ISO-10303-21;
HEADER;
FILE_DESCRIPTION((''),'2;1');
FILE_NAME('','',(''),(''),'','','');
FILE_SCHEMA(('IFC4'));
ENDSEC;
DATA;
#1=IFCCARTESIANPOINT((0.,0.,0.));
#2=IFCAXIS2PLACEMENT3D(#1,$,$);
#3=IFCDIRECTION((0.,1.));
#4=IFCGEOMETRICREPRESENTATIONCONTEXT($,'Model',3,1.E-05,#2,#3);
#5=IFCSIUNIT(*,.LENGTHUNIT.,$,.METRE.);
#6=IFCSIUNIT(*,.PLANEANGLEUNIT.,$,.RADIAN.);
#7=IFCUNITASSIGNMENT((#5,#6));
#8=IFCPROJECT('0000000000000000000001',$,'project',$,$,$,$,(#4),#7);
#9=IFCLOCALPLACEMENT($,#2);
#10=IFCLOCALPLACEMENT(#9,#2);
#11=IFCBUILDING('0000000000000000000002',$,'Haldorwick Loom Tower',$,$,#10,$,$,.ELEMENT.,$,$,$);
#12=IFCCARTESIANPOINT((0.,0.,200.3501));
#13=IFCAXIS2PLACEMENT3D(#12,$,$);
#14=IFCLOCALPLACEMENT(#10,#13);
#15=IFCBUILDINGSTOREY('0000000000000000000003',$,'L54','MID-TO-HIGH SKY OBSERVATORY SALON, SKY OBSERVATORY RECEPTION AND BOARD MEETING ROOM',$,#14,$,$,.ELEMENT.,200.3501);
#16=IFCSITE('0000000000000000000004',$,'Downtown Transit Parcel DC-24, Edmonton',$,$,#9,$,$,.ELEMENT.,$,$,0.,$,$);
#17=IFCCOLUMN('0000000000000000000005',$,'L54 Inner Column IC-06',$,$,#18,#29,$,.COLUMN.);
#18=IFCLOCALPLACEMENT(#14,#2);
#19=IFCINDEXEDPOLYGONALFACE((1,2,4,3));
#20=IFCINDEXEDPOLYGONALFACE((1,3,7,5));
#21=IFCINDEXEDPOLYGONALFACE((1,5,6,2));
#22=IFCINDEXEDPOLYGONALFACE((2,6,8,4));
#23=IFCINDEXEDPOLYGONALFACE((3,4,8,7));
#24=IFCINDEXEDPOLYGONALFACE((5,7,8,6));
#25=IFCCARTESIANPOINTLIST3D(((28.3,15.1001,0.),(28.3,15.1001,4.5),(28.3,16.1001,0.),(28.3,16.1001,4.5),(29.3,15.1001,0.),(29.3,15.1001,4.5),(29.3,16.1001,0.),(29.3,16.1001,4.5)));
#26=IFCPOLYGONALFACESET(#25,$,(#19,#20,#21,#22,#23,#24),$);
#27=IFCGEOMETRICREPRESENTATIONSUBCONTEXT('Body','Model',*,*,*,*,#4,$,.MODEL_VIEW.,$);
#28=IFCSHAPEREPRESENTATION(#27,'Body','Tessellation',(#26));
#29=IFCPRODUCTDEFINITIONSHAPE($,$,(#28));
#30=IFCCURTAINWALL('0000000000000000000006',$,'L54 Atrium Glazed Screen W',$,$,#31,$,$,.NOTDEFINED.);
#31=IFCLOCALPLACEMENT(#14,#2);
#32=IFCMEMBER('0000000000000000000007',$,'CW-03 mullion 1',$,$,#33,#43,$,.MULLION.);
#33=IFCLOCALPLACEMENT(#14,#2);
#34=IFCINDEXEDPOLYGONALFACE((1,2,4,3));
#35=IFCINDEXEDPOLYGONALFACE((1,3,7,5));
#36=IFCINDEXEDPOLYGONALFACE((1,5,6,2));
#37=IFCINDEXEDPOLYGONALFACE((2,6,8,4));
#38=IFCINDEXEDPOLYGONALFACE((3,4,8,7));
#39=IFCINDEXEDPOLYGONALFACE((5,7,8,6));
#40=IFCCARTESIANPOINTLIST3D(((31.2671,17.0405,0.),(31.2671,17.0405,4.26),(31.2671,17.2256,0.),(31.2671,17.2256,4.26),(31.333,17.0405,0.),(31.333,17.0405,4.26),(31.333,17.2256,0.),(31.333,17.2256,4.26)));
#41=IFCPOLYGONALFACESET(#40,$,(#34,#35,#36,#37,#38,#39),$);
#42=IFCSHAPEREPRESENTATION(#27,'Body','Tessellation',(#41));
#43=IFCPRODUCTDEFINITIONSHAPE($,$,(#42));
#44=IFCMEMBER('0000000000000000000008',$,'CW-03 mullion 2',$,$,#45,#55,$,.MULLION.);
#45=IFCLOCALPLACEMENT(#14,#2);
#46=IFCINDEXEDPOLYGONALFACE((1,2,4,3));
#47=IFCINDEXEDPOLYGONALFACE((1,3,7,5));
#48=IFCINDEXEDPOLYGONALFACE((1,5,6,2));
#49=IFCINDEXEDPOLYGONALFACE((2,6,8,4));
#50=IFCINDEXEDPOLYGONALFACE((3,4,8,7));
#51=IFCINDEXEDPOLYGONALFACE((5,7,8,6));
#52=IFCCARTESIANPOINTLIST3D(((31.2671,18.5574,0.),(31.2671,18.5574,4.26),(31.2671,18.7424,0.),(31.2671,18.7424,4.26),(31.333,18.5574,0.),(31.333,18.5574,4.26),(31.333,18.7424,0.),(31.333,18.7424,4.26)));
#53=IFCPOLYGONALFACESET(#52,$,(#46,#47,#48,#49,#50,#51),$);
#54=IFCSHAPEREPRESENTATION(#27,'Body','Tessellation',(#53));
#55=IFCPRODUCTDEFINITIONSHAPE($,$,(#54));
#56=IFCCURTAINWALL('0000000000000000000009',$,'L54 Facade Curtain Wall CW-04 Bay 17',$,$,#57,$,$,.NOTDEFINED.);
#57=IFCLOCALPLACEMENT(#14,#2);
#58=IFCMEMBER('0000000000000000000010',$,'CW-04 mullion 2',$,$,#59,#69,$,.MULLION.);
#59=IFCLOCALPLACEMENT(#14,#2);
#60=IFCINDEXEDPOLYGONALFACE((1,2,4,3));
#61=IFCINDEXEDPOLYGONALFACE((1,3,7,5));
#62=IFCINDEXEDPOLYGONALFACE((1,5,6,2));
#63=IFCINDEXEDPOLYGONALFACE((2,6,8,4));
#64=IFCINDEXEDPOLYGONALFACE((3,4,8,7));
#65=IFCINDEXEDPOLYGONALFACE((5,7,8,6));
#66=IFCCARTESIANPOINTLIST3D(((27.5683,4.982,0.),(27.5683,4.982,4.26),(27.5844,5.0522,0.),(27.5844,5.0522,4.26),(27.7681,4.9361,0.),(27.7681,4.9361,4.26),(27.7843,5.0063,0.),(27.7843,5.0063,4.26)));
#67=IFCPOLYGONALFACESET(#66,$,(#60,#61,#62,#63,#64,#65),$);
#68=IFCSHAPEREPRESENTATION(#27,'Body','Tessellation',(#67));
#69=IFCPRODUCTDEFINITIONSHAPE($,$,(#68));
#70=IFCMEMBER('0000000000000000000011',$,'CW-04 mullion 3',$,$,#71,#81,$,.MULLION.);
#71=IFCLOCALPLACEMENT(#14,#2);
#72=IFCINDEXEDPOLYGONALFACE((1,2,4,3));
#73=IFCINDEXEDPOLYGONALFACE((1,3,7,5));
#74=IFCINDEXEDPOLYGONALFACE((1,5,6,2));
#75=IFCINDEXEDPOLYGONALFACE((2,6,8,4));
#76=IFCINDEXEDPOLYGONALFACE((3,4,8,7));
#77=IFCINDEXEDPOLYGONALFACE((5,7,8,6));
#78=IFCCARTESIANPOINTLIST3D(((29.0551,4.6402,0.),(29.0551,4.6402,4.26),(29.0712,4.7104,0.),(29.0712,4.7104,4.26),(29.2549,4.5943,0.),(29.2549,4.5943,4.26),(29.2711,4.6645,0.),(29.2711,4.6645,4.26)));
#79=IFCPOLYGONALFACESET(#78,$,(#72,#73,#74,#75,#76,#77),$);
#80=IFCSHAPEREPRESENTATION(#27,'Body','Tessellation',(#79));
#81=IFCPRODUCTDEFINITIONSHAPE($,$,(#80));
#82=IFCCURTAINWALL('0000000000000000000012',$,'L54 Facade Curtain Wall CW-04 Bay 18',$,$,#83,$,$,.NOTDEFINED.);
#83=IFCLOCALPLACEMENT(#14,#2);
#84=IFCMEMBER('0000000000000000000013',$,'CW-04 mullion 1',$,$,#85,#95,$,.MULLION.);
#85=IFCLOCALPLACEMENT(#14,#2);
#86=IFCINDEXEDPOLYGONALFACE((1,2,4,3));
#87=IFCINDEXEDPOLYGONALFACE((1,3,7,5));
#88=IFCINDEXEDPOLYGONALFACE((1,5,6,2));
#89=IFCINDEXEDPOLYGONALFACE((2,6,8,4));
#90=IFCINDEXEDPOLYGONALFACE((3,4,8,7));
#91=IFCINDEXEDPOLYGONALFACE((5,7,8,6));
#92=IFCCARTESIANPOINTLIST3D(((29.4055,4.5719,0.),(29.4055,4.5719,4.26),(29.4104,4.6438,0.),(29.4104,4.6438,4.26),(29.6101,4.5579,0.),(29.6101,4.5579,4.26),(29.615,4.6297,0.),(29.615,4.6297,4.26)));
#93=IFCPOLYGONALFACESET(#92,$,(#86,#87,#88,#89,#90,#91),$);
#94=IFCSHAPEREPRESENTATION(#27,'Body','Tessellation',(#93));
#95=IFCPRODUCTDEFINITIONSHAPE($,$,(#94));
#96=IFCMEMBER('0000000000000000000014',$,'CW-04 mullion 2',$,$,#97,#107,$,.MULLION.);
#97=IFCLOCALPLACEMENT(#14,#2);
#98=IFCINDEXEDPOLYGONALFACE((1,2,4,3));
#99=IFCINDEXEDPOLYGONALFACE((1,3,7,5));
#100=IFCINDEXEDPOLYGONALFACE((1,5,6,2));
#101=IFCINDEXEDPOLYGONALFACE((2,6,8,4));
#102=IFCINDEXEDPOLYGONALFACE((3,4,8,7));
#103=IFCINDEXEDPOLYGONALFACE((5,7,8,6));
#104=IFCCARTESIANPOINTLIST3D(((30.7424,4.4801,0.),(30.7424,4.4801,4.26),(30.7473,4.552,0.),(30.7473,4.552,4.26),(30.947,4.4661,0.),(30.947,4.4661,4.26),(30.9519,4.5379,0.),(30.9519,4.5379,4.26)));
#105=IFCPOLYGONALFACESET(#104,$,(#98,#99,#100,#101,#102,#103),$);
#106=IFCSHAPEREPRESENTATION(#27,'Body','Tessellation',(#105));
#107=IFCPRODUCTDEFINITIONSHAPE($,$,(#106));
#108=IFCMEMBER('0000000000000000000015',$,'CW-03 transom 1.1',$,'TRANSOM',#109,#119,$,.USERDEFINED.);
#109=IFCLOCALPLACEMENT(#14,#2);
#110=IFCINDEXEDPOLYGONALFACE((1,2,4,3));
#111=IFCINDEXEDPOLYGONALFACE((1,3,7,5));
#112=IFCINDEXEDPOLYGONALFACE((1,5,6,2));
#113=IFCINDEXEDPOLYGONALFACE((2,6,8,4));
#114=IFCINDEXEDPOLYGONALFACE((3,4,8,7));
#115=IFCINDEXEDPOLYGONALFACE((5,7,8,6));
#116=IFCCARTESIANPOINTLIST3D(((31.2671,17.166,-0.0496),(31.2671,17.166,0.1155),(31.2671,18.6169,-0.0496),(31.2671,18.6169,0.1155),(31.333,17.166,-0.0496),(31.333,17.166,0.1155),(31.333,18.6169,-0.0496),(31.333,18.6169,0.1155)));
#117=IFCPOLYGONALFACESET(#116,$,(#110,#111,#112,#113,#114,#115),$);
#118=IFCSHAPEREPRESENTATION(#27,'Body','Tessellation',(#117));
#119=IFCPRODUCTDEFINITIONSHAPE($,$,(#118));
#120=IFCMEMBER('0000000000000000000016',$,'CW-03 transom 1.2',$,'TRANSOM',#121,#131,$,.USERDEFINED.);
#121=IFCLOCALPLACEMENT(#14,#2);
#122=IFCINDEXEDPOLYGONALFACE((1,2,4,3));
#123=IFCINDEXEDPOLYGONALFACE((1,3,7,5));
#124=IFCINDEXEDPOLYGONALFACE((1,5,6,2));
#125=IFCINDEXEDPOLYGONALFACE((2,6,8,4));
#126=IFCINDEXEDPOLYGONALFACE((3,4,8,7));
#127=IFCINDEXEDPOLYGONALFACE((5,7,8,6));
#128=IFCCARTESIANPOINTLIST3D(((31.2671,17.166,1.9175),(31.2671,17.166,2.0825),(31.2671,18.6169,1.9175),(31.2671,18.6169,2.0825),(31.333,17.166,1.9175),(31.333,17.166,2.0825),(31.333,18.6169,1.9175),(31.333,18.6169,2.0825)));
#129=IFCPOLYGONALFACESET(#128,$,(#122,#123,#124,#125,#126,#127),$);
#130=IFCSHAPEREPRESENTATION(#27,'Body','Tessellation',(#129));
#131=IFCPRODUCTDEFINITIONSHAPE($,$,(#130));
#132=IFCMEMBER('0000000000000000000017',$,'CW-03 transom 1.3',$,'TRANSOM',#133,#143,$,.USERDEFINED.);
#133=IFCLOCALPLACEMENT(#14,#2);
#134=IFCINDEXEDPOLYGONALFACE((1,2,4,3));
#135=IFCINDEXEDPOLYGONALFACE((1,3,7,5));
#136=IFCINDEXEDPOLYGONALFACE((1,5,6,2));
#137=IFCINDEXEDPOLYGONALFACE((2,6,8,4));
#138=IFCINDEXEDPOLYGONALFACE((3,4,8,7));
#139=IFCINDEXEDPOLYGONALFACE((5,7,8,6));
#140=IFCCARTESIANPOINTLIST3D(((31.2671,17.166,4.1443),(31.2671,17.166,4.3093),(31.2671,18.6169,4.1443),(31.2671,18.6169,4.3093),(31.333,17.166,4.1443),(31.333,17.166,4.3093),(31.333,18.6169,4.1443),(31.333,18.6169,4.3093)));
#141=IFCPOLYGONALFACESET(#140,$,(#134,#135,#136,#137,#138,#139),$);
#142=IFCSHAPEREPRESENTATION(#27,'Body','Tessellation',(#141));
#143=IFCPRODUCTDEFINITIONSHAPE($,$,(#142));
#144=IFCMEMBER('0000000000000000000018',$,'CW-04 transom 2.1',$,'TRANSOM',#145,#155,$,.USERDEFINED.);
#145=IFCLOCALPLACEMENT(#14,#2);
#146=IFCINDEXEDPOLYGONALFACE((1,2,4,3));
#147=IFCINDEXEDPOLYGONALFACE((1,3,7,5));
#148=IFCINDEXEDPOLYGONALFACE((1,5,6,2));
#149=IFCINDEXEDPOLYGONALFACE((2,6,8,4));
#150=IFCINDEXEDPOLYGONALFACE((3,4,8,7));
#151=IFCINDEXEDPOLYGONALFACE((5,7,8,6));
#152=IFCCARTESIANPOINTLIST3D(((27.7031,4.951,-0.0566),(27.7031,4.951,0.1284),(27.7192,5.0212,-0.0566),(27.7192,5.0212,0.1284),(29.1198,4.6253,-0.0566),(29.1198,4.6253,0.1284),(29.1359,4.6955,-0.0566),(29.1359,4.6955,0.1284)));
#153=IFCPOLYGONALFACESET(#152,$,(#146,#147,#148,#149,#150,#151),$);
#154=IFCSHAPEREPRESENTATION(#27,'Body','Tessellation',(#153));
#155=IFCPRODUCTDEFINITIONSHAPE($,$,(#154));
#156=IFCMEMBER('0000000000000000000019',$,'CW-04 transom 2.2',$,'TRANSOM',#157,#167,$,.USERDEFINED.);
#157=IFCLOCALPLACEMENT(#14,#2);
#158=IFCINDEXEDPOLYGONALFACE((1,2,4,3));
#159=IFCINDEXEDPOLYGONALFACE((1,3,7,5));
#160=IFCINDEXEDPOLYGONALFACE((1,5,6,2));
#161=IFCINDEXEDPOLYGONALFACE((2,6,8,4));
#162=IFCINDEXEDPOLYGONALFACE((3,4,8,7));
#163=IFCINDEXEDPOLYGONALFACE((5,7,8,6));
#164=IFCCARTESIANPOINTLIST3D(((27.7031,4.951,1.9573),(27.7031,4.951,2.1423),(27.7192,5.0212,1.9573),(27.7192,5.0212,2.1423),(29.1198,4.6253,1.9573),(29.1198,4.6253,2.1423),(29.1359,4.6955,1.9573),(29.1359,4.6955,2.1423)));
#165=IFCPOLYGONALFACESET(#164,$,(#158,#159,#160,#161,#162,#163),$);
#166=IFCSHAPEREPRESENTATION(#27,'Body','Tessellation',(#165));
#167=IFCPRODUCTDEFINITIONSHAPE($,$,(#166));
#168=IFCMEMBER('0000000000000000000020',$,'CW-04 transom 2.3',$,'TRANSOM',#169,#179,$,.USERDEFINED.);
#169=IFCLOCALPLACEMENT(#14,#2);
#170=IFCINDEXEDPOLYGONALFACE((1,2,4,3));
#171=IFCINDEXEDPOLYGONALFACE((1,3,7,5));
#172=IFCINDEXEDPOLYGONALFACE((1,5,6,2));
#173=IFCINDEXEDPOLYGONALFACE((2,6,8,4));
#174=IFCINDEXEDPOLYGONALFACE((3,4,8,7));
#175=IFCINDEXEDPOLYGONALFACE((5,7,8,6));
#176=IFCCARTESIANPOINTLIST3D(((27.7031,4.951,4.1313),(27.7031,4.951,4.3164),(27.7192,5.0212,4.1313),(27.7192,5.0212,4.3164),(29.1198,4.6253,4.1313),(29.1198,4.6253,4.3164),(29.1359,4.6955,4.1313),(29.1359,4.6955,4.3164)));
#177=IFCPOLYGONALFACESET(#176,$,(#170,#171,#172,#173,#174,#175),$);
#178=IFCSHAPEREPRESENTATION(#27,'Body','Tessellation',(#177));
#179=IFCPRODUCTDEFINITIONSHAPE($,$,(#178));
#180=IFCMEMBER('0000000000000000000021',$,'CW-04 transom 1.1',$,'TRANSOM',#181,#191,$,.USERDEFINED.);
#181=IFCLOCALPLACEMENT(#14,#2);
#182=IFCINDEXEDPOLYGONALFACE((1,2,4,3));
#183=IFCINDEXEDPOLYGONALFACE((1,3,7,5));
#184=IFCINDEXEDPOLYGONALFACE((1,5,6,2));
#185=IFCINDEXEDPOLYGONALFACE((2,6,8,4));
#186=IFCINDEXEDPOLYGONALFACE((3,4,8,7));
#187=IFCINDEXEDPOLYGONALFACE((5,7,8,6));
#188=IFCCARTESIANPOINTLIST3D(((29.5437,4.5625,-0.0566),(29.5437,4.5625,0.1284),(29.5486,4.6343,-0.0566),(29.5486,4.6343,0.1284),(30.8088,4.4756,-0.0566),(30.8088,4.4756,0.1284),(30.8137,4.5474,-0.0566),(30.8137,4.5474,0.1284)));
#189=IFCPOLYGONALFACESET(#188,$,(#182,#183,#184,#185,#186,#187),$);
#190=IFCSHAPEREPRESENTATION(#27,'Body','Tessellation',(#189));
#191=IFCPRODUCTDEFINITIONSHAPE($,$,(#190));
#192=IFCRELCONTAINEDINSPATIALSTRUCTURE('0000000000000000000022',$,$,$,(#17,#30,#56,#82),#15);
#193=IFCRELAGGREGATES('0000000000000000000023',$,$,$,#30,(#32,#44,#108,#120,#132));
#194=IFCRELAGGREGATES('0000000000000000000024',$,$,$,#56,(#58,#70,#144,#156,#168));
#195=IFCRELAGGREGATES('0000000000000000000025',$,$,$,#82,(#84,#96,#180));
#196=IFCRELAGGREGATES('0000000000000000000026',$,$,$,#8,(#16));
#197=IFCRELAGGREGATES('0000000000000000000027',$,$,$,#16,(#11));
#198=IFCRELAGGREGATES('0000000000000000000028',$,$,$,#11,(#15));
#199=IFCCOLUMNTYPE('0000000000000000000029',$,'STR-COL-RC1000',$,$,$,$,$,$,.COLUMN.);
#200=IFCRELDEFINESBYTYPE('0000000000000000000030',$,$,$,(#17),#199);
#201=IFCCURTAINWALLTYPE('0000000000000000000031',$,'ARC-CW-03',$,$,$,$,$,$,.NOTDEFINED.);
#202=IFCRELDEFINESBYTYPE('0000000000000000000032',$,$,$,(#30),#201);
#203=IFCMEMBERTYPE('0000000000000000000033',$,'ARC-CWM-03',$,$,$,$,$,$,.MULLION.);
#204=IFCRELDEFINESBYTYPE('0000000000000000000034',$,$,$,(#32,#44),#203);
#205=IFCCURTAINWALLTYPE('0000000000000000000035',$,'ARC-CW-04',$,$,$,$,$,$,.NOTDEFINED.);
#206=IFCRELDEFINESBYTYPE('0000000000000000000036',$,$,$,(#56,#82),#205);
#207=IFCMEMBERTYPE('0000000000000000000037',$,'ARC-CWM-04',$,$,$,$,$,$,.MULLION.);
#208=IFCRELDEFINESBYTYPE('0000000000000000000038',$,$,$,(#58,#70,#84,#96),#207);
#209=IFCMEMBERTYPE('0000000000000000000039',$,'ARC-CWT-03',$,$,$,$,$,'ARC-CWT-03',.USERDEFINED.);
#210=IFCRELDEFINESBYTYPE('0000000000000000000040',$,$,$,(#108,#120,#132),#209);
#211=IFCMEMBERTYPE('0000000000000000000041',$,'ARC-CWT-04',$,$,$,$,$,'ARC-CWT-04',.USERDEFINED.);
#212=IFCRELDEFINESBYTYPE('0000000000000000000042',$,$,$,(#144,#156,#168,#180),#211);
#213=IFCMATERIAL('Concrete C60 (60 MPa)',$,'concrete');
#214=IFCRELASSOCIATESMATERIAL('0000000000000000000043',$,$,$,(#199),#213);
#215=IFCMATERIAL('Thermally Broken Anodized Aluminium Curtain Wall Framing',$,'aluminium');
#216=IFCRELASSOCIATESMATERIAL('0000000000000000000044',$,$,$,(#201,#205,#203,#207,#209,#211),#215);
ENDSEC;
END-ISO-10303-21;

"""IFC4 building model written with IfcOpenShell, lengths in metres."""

from ifc_helpers import new_model, si_unit, direction, frame, origin, origin_2d, place, context, subcontext, project, spatial, rectangle, extrude, material, material_profile, profile_set, type_object, element, aggregate, save


model = new_model("IFC4")

# Units and contexts
model_context = context("Model", 3, precision=1e-05, world=origin(), true_north=direction((0.0, 1.0)))
body_context = subcontext(model_context, "Body", "Model", "MODEL_VIEW")
ifc_project = project(units=[si_unit("LENGTHUNIT", "METRE"), si_unit("PLANEANGLEUNIT", "RADIAN")], contexts=[model_context])

# Site, building, storey
site_placement = place(None, origin())
site = spatial("IfcSite", under=ifc_project, at=site_placement, Name="Downtown Transit Parcel DC-24, Edmonton", CompositionType="ELEMENT", RefElevation=0.0)
building_placement = place(site_placement, origin())
building = spatial("IfcBuilding", under=site, at=building_placement, Name="Haldorwick Loom Tower", CompositionType="ELEMENT")
storey_placement = place(building_placement, frame((0.0, 0.0, 200.3501)))
storey = spatial("IfcBuildingStorey", under=building, at=storey_placement, Name="L54", Description="MID-TO-HIGH SKY OBSERVATORY SALON, SKY OBSERVATORY RECEPTION AND BOARD MEETING ROOM", CompositionType="ELEMENT", Elevation=200.3501)

# Column
ifc_material_1 = material(Name="Concrete C60 (60 MPa)", Category="concrete")
ifc_material_profile_1 = material_profile(ifc_material_1, rectangle(XDim=1.0, YDim=1.0, at=origin_2d()), Name="RC1000X1000", Category="concrete")
ifc_profile_set_1 = profile_set([ifc_material_profile_1], Name="Concrete C60 (60 MPa)")
column_type = type_object("IfcColumnType", Name="STR-COL-RC1000", PredefinedType="COLUMN", material=ifc_profile_set_1)
column_placement = place(storey_placement, frame((28.8, 15.6001, 0.0), z_axis=(0.0, 0.0, 1.0), x_axis=(1.0, 0.0, 0.0)))
element("IfcColumn", 1, at=column_placement, inside=storey, type_object=column_type, Name="L54 Inner Column IC-06", PredefinedType="COLUMN", context=body_context, shape_type="SweptSolid", body=[
    extrude(rectangle(XDim=1.0, YDim=1.0, at=origin_2d()), origin(), (0.0, 0.0, 1.0), 4.5),
])

# Curtain walls, members
ifc_material_2 = material(Name="Thermally Broken Anodized Aluminium Curtain Wall Framing", Category="aluminium")
curtain_wall_type_1 = type_object("IfcCurtainWallType", Name="ARC-CW-03", PredefinedType="NOTDEFINED", material=ifc_material_2)
curtain_wall_1_placement = place(storey_placement, origin())
curtain_wall_1 = element("IfcCurtainWall", 2, at=curtain_wall_1_placement, inside=storey, type_object=curtain_wall_type_1, Name="L54 Atrium Glazed Screen W", PredefinedType="NOTDEFINED")
ifc_material_profile_2 = material_profile(ifc_material_2, rectangle(XDim=0.0659, YDim=0.1851, at=origin_2d()), Name="ALU_MUL_66X185", Category="aluminium")
ifc_profile_set_2 = profile_set([ifc_material_profile_2], Name="Thermally Broken Anodized Aluminium Curtain Wall Framing")
member_type_1 = type_object("IfcMemberType", Name="ARC-CWM-03", PredefinedType="MULLION", material=ifc_profile_set_2)
member_1_placement = place(storey_placement, frame((31.3, 17.1331, 0.0), z_axis=(0.0, 0.0, 1.0), x_axis=(-1.0, 0.0, 0.0)))
member_1 = element("IfcMember", 3, at=member_1_placement, type_object=member_type_1, Name="CW-03 mullion 1", PredefinedType="MULLION", context=body_context, shape_type="SweptSolid", body=[
    extrude(rectangle(XDim=0.0659, YDim=0.1851, at=origin_2d()), origin(), (0.0, 0.0, 1.0), 4.26),
])
member_2_placement = place(storey_placement, frame((31.3, 18.6499, 0.0), z_axis=(0.0, 0.0, 1.0), x_axis=(-1.0, 0.0, 0.0)))
member_2 = element("IfcMember", 4, at=member_2_placement, type_object=member_type_1, Name="CW-03 mullion 2", PredefinedType="MULLION", context=body_context, shape_type="SweptSolid", body=[
    extrude(rectangle(XDim=0.0659, YDim=0.1851, at=origin_2d()), origin(), (0.0, 0.0, 1.0), 4.26),
])
curtain_wall_type_2 = type_object("IfcCurtainWallType", Name="ARC-CW-04", PredefinedType="NOTDEFINED", material=ifc_material_2)
curtain_wall_2_placement = place(storey_placement, origin())
curtain_wall_2 = element("IfcCurtainWall", 5, at=curtain_wall_2_placement, inside=storey, type_object=curtain_wall_type_2, Name="L54 Facade Curtain Wall CW-04 Bay 17", PredefinedType="NOTDEFINED")
ifc_material_profile_3 = material_profile(ifc_material_2, rectangle(XDim=0.072, YDim=0.2051, at=origin_2d()), Name="ALU_MUL_72X205", Category="aluminium")
ifc_profile_set_3 = profile_set([ifc_material_profile_3], Name="Thermally Broken Anodized Aluminium Curtain Wall Framing")
member_type_2 = type_object("IfcMemberType", Name="ARC-CWM-04", PredefinedType="MULLION", material=ifc_profile_set_3)
member_3_placement = place(storey_placement, frame((27.6763, 4.9941, 0.0), z_axis=(0.0, 0.0, 1.0), x_axis=(0.224142, 0.974557, 0.0)))
member_3 = element("IfcMember", 6, at=member_3_placement, type_object=member_type_2, Name="CW-04 mullion 2", PredefinedType="MULLION", context=body_context, shape_type="SweptSolid", body=[
    extrude(rectangle(XDim=0.072, YDim=0.2051, at=origin_2d()), origin(), (0.0, 0.0, 1.0), 4.26),
])
member_4_placement = place(storey_placement, frame((29.1631, 4.6523, 0.0), z_axis=(0.0, 0.0, 1.0), x_axis=(0.224142, 0.974557, 0.0)))
member_4 = element("IfcMember", 7, at=member_4_placement, type_object=member_type_2, Name="CW-04 mullion 3", PredefinedType="MULLION", context=body_context, shape_type="SweptSolid", body=[
    extrude(rectangle(XDim=0.072, YDim=0.2051, at=origin_2d()), origin(), (0.0, 0.0, 1.0), 4.26),
])
curtain_wall_3_placement = place(storey_placement, origin())
curtain_wall_3 = element("IfcCurtainWall", 8, at=curtain_wall_3_placement, inside=storey, type_object=curtain_wall_type_2, Name="L54 Facade Curtain Wall CW-04 Bay 18", PredefinedType="NOTDEFINED")
member_5_placement = place(storey_placement, frame((29.5103, 4.6008, 0.0), z_axis=(0.0, 0.0, 1.0), x_axis=(0.068513, 0.99765, 0.0)))
member_5 = element("IfcMember", 9, at=member_5_placement, type_object=member_type_2, Name="CW-04 mullion 1", PredefinedType="MULLION", context=body_context, shape_type="SweptSolid", body=[
    extrude(rectangle(XDim=0.072, YDim=0.2051, at=origin_2d()), origin(), (0.0, 0.0, 1.0), 4.26),
])
member_6_placement = place(storey_placement, frame((30.8472, 4.509, 0.0), z_axis=(0.0, 0.0, 1.0), x_axis=(0.068513, 0.99765, 0.0)))
member_6 = element("IfcMember", 10, at=member_6_placement, type_object=member_type_2, Name="CW-04 mullion 2", PredefinedType="MULLION", context=body_context, shape_type="SweptSolid", body=[
    extrude(rectangle(XDim=0.072, YDim=0.2051, at=origin_2d()), origin(), (0.0, 0.0, 1.0), 4.26),
])

# Members
ifc_material_profile_4 = material_profile(ifc_material_2, rectangle(XDim=0.0659, YDim=0.165, at=origin_2d()), Name="ALU_TRN_66X165", Category="aluminium")
ifc_profile_set_4 = profile_set([ifc_material_profile_4], Name="Thermally Broken Anodized Aluminium Curtain Wall Framing")
member_type_3 = type_object("IfcMemberType", Name="ARC-CWT-03", ElementType="ARC-CWT-03", PredefinedType="USERDEFINED", material=ifc_profile_set_4)
member_7_placement = place(storey_placement, frame((31.3, 17.166, 0.033), z_axis=(0.0, 1.0, 0.0), x_axis=(-1.0, 0.0, 0.0)))
member_7 = element("IfcMember", 11, at=member_7_placement, type_object=member_type_3, Name="CW-03 transom 1.1", ObjectType="TRANSOM", PredefinedType="USERDEFINED", context=body_context, shape_type="SweptSolid", body=[
    extrude(rectangle(XDim=0.0659, YDim=0.165, at=origin_2d()), origin(), (0.0, 0.0, 1.0), 1.4509),
])
member_8_placement = place(storey_placement, frame((31.3, 17.166, 2.0), z_axis=(0.0, 1.0, 0.0), x_axis=(-1.0, 0.0, 0.0)))
member_8 = element("IfcMember", 12, at=member_8_placement, type_object=member_type_3, Name="CW-03 transom 1.2", ObjectType="TRANSOM", PredefinedType="USERDEFINED", context=body_context, shape_type="SweptSolid", body=[
    extrude(rectangle(XDim=0.0659, YDim=0.165, at=origin_2d()), origin(), (0.0, 0.0, 1.0), 1.4509),
])
member_9_placement = place(storey_placement, frame((31.3, 17.166, 4.2268), z_axis=(0.0, 1.0, 0.0), x_axis=(-1.0, 0.0, 0.0)))
member_9 = element("IfcMember", 13, at=member_9_placement, type_object=member_type_3, Name="CW-03 transom 1.3", ObjectType="TRANSOM", PredefinedType="USERDEFINED", context=body_context, shape_type="SweptSolid", body=[
    extrude(rectangle(XDim=0.0659, YDim=0.165, at=origin_2d()), origin(), (0.0, 0.0, 1.0), 1.4509),
])
ifc_material_profile_5 = material_profile(ifc_material_2, rectangle(XDim=0.072, YDim=0.1851, at=origin_2d()), Name="ALU_TRN_72X185", Category="aluminium")
ifc_profile_set_5 = profile_set([ifc_material_profile_5], Name="Thermally Broken Anodized Aluminium Curtain Wall Framing")
member_type_4 = type_object("IfcMemberType", Name="ARC-CWT-04", ElementType="ARC-CWT-04", PredefinedType="USERDEFINED", material=ifc_profile_set_5)
member_10_placement = place(storey_placement, frame((27.7112, 4.9861, 0.0359), z_axis=(0.97458, -0.224038, 0.0), x_axis=(0.224038, 0.97458, 0.0)))
member_10 = element("IfcMember", 14, at=member_10_placement, type_object=member_type_4, Name="CW-04 transom 2.1", ObjectType="TRANSOM", PredefinedType="USERDEFINED", context=body_context, shape_type="SweptSolid", body=[
    extrude(rectangle(XDim=0.072, YDim=0.1851, at=origin_2d()), origin(), (0.0, 0.0, 1.0), 1.4536),
])
member_11_placement = place(storey_placement, frame((27.7112, 4.9861, 2.0498), z_axis=(0.97458, -0.224038, 0.0), x_axis=(0.224038, 0.97458, 0.0)))
member_11 = element("IfcMember", 15, at=member_11_placement, type_object=member_type_4, Name="CW-04 transom 2.2", ObjectType="TRANSOM", PredefinedType="USERDEFINED", context=body_context, shape_type="SweptSolid", body=[
    extrude(rectangle(XDim=0.072, YDim=0.1851, at=origin_2d()), origin(), (0.0, 0.0, 1.0), 1.4536),
])
member_12_placement = place(storey_placement, frame((27.7112, 4.9861, 4.2239), z_axis=(0.97458, -0.224038, 0.0), x_axis=(0.224038, 0.97458, 0.0)))
member_12 = element("IfcMember", 16, at=member_12_placement, type_object=member_type_4, Name="CW-04 transom 2.3", ObjectType="TRANSOM", PredefinedType="USERDEFINED", context=body_context, shape_type="SweptSolid", body=[
    extrude(rectangle(XDim=0.072, YDim=0.1851, at=origin_2d()), origin(), (0.0, 0.0, 1.0), 1.4536),
])
member_13_placement = place(storey_placement, frame((29.5461, 4.5984, 0.0359), z_axis=(0.997649, -0.068538, 0.0), x_axis=(0.068538, 0.997649, 0.0)))
member_13 = element("IfcMember", 17, at=member_13_placement, type_object=member_type_4, Name="CW-04 transom 1.1", ObjectType="TRANSOM", PredefinedType="USERDEFINED", context=body_context, shape_type="SweptSolid", body=[
    extrude(rectangle(XDim=0.072, YDim=0.1851, at=origin_2d()), origin(), (0.0, 0.0, 1.0), 1.2681),
])

aggregate(curtain_wall_1, [member_1, member_2, member_7, member_8, member_9])
aggregate(curtain_wall_2, [member_3, member_4, member_10, member_11, member_12])
aggregate(curtain_wall_3, [member_5, member_6, member_13])

save(model, "model.ifc")
